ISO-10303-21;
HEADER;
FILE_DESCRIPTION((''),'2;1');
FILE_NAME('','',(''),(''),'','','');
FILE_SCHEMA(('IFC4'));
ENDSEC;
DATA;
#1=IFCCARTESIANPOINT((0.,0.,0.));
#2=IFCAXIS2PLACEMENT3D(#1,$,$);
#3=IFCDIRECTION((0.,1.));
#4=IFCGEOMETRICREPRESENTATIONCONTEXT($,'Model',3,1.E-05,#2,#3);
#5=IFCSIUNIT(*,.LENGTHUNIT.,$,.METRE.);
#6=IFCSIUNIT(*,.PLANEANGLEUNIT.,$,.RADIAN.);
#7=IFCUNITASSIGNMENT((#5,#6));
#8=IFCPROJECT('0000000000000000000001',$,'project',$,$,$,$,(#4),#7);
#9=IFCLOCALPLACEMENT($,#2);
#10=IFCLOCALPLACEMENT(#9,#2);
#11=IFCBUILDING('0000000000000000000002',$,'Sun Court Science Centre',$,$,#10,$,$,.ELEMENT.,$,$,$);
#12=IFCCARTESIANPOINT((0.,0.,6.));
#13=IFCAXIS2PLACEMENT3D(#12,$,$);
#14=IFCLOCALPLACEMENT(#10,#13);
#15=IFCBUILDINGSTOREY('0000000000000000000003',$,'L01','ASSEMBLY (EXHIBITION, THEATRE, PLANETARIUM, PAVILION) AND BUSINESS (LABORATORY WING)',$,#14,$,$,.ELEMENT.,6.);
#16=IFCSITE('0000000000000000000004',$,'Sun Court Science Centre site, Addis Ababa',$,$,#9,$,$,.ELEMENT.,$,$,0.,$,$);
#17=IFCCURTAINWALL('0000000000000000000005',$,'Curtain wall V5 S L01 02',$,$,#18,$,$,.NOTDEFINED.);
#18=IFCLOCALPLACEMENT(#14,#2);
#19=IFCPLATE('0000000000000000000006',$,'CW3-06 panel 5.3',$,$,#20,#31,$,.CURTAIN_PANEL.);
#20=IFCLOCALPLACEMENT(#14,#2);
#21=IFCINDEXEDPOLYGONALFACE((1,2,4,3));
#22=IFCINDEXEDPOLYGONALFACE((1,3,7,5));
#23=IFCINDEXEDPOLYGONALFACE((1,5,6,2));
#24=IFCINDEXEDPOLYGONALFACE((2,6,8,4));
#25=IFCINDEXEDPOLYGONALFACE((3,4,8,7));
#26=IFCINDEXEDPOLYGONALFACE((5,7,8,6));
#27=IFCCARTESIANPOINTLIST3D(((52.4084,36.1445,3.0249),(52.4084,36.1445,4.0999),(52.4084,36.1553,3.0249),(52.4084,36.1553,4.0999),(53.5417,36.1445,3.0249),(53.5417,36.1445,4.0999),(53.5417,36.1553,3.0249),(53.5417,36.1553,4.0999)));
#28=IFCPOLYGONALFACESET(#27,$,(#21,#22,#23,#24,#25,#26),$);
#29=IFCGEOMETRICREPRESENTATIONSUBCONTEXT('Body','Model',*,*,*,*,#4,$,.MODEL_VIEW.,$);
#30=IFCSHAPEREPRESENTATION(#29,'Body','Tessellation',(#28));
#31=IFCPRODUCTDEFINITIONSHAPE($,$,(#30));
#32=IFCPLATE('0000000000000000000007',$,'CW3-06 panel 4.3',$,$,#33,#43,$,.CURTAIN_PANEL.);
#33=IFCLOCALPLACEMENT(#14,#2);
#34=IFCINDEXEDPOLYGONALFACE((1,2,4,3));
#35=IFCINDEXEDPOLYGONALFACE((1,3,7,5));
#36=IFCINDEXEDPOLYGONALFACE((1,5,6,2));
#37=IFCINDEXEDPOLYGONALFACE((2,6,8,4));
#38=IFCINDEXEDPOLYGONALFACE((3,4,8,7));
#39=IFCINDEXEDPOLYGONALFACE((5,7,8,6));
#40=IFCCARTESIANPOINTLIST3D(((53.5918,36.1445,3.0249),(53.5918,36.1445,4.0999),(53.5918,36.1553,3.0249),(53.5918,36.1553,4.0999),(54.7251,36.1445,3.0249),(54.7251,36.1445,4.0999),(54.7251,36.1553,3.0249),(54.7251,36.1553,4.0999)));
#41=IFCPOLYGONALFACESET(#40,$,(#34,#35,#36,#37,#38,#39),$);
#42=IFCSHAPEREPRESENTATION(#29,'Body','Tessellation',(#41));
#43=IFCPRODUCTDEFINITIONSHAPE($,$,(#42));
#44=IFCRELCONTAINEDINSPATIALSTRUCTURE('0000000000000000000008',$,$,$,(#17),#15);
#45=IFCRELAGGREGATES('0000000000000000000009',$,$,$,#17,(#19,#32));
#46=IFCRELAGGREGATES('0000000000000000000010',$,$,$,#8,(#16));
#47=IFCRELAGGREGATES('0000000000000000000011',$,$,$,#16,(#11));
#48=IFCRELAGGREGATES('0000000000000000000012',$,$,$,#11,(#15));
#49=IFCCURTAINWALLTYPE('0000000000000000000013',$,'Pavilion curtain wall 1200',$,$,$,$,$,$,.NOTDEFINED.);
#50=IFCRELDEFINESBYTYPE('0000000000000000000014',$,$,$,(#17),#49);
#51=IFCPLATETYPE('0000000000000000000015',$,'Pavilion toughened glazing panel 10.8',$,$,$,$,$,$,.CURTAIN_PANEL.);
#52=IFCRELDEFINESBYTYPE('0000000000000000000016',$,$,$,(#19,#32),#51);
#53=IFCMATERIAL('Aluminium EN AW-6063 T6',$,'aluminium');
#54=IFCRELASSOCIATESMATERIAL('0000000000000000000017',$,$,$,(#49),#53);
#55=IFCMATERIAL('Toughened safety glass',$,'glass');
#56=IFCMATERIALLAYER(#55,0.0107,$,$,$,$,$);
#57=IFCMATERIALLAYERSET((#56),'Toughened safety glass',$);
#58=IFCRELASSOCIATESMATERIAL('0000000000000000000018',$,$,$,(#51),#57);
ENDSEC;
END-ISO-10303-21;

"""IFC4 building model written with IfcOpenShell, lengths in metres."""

from ifc_helpers import new_model, si_unit, direction, frame, origin, origin_2d, place, context, subcontext, project, spatial, rectangle, extrude, material, layer, layer_set, type_object, element, aggregate, save


model = new_model("IFC4")

# Units and contexts
model_context = context("Model", 3, precision=1e-05, world=origin(), true_north=direction((0.0, 1.0)))
body_context = subcontext(model_context, "Body", "Model", "MODEL_VIEW")
ifc_project = project(units=[si_unit("LENGTHUNIT", "METRE"), si_unit("PLANEANGLEUNIT", "RADIAN")], contexts=[model_context])

# Site, building, storey
site_placement = place(None, origin())
site = spatial("IfcSite", under=ifc_project, at=site_placement, Name="Sun Court Science Centre site, Addis Ababa", CompositionType="ELEMENT", RefElevation=0.0)
building_placement = place(site_placement, origin())
building = spatial("IfcBuilding", under=site, at=building_placement, Name="Sun Court Science Centre", CompositionType="ELEMENT")
storey_placement = place(building_placement, frame((0.0, 0.0, 6.0)))
storey = spatial("IfcBuildingStorey", under=building, at=storey_placement, Name="L01", Description="ASSEMBLY (EXHIBITION, THEATRE, PLANETARIUM, PAVILION) AND BUSINESS (LABORATORY WING)", CompositionType="ELEMENT", Elevation=6.0)

# Curtain wall, plates
ifc_material_1 = material(Name="Aluminium EN AW-6063 T6", Category="aluminium")
curtain_wall_type = type_object("IfcCurtainWallType", Name="Pavilion curtain wall 1200", PredefinedType="NOTDEFINED", material=ifc_material_1)
curtain_wall_placement = place(storey_placement, origin())
curtain_wall = element("IfcCurtainWall", 1, at=curtain_wall_placement, inside=storey, type_object=curtain_wall_type, Name="Curtain wall V5 S L01 02", PredefinedType="NOTDEFINED")
ifc_material_2 = material(Name="Toughened safety glass", Category="glass")
ifc_layer = layer(ifc_material_2, 0.0107)
ifc_layer_set = layer_set([ifc_layer], Name="Toughened safety glass")
plate_type = type_object("IfcPlateType", Name="Pavilion toughened glazing panel 10.8", PredefinedType="CURTAIN_PANEL", material=ifc_layer_set)
plate_1_placement = place(storey_placement, frame((52.9751, 36.1499, 3.0249), z_axis=(0.0, 0.0, 1.0), x_axis=(-1.0, 0.0, 0.0)))
plate_1 = element("IfcPlate", 2, at=plate_1_placement, type_object=plate_type, Name="CW3-06 panel 5.3", PredefinedType="CURTAIN_PANEL", context=body_context, shape_type="SweptSolid", body=[
    extrude(rectangle(XDim=1.1333, YDim=0.0107, at=origin_2d()), origin(), (0.0, 0.0, 1.0), 1.075),
])
plate_2_placement = place(storey_placement, frame((54.1584, 36.1499, 3.0249), z_axis=(0.0, 0.0, 1.0), x_axis=(-1.0, 0.0, 0.0)))
plate_2 = element("IfcPlate", 3, at=plate_2_placement, type_object=plate_type, Name="CW3-06 panel 4.3", PredefinedType="CURTAIN_PANEL", context=body_context, shape_type="SweptSolid", body=[
    extrude(rectangle(XDim=1.1333, YDim=0.0107, at=origin_2d()), origin(), (0.0, 0.0, 1.0), 1.075),
])
aggregate(curtain_wall, [plate_1, plate_2])

save(model, "model.ifc")
